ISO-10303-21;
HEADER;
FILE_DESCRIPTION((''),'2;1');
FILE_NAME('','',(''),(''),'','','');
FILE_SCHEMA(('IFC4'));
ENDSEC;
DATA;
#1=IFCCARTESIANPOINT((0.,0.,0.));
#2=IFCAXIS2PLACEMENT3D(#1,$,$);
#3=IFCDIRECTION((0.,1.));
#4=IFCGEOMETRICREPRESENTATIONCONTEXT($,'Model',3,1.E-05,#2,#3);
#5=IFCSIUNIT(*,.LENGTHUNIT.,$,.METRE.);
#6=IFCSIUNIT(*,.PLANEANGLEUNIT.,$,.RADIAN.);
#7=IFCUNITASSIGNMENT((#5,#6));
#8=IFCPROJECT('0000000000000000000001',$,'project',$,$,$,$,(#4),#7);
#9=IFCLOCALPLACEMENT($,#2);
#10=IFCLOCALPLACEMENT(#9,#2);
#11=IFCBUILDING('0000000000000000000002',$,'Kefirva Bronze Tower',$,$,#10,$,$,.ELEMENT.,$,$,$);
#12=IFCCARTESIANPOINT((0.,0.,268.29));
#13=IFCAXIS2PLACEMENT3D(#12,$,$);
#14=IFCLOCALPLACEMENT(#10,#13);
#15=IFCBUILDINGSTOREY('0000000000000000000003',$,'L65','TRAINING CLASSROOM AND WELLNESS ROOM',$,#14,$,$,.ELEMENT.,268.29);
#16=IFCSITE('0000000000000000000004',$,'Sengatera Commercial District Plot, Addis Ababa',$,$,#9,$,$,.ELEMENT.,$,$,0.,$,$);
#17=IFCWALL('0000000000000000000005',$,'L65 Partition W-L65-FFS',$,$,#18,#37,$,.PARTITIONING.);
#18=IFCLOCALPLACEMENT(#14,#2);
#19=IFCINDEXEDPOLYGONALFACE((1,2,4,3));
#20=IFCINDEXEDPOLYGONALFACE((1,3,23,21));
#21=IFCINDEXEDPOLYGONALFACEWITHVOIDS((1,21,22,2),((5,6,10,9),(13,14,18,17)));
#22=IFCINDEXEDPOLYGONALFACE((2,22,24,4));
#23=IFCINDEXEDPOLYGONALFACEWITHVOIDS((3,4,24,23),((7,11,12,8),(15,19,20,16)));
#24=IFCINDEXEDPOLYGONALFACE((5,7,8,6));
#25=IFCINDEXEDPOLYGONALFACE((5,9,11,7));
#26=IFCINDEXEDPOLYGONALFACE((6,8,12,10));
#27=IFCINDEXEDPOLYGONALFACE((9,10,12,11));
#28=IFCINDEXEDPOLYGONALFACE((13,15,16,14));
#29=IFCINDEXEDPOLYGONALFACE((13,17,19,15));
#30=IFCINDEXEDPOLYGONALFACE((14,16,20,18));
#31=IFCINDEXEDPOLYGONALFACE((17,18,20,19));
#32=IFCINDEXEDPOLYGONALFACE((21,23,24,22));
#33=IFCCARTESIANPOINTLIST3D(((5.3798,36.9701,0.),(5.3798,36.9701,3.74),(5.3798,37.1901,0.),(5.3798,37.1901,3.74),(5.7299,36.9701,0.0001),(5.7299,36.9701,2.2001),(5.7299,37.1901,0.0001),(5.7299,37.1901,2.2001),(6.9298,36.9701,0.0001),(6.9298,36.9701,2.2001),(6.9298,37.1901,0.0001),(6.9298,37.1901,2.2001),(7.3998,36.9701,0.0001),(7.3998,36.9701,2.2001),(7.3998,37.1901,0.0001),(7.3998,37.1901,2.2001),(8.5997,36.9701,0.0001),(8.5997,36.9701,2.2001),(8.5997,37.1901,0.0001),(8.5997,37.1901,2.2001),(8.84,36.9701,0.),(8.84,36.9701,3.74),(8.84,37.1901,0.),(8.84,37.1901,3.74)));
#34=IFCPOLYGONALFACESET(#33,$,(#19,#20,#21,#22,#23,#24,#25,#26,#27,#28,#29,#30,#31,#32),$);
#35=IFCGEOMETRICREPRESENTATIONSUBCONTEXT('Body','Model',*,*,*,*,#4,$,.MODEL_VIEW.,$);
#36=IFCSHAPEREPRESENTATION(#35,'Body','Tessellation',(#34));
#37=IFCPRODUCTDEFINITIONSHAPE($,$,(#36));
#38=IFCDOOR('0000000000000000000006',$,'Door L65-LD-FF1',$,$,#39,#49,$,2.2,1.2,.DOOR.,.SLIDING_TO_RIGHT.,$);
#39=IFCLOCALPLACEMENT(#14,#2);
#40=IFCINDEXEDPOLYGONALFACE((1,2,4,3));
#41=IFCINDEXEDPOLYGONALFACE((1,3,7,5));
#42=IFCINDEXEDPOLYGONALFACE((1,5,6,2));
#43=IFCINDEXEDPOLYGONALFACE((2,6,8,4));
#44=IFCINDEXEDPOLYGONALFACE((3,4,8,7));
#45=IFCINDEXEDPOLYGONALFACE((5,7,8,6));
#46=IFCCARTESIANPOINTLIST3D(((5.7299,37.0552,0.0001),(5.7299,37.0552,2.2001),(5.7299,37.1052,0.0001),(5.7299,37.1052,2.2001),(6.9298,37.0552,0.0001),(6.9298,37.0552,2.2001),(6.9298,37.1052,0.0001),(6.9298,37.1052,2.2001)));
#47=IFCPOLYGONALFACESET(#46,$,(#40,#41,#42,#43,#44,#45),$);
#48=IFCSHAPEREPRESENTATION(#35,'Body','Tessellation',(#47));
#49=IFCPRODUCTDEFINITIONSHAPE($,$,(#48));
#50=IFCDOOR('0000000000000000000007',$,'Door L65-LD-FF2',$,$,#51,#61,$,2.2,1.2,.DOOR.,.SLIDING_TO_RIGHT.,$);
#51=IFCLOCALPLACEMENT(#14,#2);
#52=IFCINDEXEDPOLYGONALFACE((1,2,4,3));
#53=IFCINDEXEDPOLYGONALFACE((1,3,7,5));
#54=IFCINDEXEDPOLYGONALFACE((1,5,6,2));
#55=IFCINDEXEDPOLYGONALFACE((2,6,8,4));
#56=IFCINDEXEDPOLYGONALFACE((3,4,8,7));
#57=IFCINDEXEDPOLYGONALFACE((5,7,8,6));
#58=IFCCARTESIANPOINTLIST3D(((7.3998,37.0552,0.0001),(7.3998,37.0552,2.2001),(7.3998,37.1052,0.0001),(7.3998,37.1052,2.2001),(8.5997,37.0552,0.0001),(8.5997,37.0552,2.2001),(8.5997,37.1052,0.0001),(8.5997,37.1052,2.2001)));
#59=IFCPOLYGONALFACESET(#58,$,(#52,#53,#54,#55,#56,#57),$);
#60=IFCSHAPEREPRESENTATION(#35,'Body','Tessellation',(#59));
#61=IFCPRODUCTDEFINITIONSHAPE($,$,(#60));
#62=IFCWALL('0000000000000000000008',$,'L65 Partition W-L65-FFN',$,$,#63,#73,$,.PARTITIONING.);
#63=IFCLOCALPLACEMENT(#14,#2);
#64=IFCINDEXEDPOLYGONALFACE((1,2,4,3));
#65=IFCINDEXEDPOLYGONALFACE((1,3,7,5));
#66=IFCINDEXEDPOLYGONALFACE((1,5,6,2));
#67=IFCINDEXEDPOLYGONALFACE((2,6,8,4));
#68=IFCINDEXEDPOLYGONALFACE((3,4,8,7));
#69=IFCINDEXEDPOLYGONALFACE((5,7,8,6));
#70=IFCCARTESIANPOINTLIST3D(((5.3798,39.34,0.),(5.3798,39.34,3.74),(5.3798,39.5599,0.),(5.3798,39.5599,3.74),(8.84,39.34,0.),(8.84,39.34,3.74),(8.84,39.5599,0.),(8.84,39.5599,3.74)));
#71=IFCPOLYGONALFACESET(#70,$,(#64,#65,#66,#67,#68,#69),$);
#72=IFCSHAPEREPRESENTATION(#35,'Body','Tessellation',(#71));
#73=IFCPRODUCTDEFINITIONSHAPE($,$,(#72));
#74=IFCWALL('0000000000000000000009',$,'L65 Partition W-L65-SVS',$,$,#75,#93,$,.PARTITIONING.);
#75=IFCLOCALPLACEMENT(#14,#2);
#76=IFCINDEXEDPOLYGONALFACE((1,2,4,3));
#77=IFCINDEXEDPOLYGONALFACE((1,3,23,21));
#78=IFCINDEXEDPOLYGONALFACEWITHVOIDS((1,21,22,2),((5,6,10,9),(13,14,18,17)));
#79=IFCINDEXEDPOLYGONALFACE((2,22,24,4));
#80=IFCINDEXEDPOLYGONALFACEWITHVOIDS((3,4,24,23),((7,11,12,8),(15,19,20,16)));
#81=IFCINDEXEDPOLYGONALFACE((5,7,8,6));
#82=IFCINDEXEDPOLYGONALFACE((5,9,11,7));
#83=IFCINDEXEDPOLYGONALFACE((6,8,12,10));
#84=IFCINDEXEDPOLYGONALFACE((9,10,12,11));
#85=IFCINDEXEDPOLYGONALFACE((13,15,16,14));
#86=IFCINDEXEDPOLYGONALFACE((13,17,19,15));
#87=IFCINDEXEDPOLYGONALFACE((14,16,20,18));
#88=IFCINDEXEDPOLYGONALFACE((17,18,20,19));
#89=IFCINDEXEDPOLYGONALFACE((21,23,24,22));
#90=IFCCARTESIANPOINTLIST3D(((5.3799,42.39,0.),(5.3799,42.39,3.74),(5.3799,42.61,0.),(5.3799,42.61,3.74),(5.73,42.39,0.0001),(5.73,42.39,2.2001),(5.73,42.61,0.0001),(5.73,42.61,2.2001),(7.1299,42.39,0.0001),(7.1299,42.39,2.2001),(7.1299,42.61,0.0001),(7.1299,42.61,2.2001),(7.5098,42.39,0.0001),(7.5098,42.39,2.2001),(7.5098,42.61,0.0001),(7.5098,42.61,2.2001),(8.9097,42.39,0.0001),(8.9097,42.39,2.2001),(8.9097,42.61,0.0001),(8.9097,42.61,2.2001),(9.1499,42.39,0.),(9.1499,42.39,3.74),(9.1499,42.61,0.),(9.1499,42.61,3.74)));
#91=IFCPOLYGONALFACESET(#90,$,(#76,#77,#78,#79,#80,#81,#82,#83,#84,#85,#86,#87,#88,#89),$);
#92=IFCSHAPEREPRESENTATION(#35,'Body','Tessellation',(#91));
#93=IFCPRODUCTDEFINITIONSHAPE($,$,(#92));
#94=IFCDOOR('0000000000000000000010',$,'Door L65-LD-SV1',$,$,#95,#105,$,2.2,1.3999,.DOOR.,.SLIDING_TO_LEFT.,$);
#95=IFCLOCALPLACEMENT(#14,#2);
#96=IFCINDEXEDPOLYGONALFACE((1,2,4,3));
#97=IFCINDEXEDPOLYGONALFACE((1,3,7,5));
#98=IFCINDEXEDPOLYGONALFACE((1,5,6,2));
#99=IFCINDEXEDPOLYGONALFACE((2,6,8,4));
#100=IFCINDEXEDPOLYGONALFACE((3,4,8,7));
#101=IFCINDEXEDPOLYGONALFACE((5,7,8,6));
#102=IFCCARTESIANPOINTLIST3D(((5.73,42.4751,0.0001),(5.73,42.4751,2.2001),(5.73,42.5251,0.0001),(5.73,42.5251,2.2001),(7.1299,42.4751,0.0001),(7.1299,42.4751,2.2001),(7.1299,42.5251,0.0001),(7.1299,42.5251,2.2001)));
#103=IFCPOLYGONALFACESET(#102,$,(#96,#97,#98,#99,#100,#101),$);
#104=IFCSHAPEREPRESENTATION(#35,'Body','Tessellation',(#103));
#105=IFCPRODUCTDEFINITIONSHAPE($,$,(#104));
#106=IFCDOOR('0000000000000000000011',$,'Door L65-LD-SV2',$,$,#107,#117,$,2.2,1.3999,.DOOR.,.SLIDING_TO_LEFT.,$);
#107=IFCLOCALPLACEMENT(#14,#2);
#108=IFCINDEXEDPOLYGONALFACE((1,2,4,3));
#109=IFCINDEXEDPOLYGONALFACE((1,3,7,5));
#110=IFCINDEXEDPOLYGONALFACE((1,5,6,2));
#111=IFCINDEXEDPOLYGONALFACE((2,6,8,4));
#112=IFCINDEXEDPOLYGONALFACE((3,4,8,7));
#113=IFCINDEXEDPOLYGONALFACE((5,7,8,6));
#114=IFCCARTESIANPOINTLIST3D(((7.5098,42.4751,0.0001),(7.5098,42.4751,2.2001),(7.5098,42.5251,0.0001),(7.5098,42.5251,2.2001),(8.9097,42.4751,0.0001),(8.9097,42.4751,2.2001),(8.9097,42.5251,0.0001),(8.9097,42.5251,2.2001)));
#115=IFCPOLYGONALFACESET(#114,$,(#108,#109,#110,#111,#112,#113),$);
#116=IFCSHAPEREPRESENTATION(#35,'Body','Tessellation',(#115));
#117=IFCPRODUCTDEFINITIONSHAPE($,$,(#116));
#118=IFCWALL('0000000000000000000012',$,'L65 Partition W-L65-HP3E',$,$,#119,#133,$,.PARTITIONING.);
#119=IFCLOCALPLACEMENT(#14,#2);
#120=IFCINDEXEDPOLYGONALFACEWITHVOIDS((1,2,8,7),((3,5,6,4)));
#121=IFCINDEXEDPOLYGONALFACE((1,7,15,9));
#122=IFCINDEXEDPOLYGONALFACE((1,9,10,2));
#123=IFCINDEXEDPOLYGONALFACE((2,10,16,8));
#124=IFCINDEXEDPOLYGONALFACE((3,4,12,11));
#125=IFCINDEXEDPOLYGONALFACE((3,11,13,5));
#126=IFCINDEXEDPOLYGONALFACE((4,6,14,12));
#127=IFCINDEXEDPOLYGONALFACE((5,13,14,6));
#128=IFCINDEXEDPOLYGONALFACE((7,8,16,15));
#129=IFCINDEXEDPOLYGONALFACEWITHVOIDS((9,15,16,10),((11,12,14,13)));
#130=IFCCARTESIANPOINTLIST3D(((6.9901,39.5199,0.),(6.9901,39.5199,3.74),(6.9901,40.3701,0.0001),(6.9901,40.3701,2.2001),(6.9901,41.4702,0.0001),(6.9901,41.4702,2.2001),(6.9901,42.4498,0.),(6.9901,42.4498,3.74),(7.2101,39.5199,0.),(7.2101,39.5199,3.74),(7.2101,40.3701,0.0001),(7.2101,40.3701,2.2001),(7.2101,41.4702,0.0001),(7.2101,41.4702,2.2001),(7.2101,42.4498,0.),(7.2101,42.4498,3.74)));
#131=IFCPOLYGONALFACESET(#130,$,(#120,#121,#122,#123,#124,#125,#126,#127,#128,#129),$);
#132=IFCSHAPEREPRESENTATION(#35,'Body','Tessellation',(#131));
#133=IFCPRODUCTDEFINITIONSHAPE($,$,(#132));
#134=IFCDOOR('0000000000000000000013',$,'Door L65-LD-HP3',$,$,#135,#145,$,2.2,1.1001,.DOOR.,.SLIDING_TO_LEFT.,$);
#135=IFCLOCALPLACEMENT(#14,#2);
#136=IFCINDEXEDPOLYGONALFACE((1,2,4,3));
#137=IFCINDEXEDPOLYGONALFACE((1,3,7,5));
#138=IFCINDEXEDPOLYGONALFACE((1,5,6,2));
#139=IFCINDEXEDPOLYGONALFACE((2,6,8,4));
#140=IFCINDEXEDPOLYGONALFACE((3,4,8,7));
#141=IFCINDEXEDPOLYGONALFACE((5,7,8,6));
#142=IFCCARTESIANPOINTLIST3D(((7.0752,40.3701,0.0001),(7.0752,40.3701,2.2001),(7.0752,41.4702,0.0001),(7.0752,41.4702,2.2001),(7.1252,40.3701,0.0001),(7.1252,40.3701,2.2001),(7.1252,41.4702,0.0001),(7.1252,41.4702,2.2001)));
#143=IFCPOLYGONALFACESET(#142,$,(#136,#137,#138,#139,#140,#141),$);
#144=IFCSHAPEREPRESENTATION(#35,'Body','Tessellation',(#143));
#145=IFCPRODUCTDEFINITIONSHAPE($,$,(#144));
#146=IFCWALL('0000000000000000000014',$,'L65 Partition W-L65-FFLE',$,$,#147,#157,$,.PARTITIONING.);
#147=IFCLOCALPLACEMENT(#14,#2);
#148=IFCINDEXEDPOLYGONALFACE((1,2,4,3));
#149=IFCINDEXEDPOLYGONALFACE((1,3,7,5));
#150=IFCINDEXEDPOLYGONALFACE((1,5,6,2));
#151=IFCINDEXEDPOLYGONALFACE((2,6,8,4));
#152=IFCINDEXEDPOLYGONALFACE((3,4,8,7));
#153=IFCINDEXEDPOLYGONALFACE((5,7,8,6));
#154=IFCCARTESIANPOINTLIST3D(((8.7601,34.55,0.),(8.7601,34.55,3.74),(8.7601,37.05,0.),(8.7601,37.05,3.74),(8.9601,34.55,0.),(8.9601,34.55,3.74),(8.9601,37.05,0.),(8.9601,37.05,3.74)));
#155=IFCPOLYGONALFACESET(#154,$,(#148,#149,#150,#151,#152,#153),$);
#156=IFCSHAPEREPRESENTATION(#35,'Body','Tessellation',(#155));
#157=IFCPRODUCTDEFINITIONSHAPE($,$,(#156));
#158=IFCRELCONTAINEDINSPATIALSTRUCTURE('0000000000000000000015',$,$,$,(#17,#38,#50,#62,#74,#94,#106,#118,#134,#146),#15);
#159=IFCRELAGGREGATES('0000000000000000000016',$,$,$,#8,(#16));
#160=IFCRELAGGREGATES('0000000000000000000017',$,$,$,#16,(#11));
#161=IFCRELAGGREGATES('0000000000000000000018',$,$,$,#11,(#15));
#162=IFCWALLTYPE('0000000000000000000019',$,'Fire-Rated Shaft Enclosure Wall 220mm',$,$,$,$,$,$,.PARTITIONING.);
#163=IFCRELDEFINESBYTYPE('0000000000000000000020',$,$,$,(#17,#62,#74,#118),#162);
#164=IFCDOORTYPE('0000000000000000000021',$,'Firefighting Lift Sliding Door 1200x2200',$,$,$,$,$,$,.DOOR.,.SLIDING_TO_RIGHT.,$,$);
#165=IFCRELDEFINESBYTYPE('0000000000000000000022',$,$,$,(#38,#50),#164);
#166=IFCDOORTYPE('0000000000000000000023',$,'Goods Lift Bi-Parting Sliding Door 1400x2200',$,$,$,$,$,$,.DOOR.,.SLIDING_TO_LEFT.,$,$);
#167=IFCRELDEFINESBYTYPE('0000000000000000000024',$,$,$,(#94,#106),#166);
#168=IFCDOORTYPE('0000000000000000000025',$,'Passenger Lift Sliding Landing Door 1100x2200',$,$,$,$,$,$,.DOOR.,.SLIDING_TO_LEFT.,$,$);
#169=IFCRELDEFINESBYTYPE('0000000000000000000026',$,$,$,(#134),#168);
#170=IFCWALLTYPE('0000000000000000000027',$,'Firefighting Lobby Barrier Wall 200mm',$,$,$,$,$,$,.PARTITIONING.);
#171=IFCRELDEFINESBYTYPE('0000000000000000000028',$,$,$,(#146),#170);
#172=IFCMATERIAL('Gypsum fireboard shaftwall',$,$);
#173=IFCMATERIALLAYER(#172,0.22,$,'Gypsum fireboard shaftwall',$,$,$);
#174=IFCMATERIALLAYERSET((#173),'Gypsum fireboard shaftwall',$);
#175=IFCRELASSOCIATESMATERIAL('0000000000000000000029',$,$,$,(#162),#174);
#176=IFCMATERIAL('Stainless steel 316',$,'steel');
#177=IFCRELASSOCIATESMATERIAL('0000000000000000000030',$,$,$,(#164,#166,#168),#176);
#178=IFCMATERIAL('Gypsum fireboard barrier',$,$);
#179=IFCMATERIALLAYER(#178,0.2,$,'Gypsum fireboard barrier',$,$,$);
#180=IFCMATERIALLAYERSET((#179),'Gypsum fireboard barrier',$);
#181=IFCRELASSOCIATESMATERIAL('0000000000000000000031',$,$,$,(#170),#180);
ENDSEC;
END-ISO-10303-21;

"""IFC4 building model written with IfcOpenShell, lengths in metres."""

from ifc_helpers import new_model, si_unit, direction, frame, frame_2d, origin, place, context, subcontext, project, spatial, rectangle, extrude, material, layer, layer_set, type_object, element, fill, save


model = new_model("IFC4")

# Units and contexts
model_context = context("Model", 3, precision=1e-05, world=origin(), true_north=direction((0.0, 1.0)))
body_context = subcontext(model_context, "Body", "Model", "MODEL_VIEW")
ifc_project = project(units=[si_unit("LENGTHUNIT", "METRE"), si_unit("PLANEANGLEUNIT", "RADIAN")], contexts=[model_context])

# Site, building, storey
site_placement = place(None, origin())
site = spatial("IfcSite", under=ifc_project, at=site_placement, Name="Sengatera Commercial District Plot, Addis Ababa", CompositionType="ELEMENT", RefElevation=0.0)
building_placement = place(site_placement, origin())
building = spatial("IfcBuilding", under=site, at=building_placement, Name="Kefirva Bronze Tower", CompositionType="ELEMENT")
storey_placement = place(building_placement, frame((0.0, 0.0, 268.29)))
storey = spatial("IfcBuildingStorey", under=building, at=storey_placement, Name="L65", Description="TRAINING CLASSROOM AND WELLNESS ROOM", CompositionType="ELEMENT", Elevation=268.29)

# Wall, openings, doors
ifc_material_1 = material(Name="Gypsum fireboard shaftwall")
ifc_layer_1 = layer(ifc_material_1, 0.22, Name="Gypsum fireboard shaftwall")
ifc_layer_set_1 = layer_set([ifc_layer_1], Name="Gypsum fireboard shaftwall")
wall_type_1 = type_object("IfcWallType", Name="Fire-Rated Shaft Enclosure Wall 220mm", PredefinedType="PARTITIONING", material=ifc_layer_set_1)
wall_1_placement = place(storey_placement, frame((5.3799, 37.0801, 0.0), z_axis=(0.0, 0.0, 1.0), x_axis=(1.0, 0.0, 0.0)))
wall_1 = element("IfcWall", 1, at=wall_1_placement, inside=storey, type_object=wall_type_1, Name="L65 Partition W-L65-FFS", PredefinedType="PARTITIONING", context=body_context, shape_type="SweptSolid", body=[
    extrude(rectangle(XDim=3.4602, YDim=0.22, at=frame_2d((1.73, 0.0))), origin(), (0.0, 0.0, 1.0), 3.74),
])
opening_1_placement = place(wall_1_placement, frame((1.55, 0.0, 0.0), z_axis=(0.0, 0.0, 1.0), x_axis=(-1.0, 0.0, 0.0)))
opening_1 = element("IfcOpeningElement", 2, at=opening_1_placement, cuts=wall_1, PredefinedType="OPENING", context=body_context, shape_type="SweptSolid", body=[
    extrude(rectangle(XDim=1.2, YDim=2.2, at=frame_2d((0.6001, 1.1001))), frame((0.0, 0.1201, 0.0), z_axis=(0.0, -1.0, 0.0), x_axis=(1.0, 0.0, 0.0)), (0.0, 0.0, 1.0), 0.24),
])
opening_2_placement = place(wall_1_placement, frame((3.22, 0.0, 0.0), z_axis=(0.0, 0.0, 1.0), x_axis=(-1.0, 0.0, 0.0)))
opening_2 = element("IfcOpeningElement", 3, at=opening_2_placement, cuts=wall_1, PredefinedType="OPENING", context=body_context, shape_type="SweptSolid", body=[
    extrude(rectangle(XDim=1.2, YDim=2.2, at=frame_2d((0.6001, 1.1001))), frame((0.0, 0.1201, 0.0), z_axis=(0.0, -1.0, 0.0), x_axis=(1.0, 0.0, 0.0)), (0.0, 0.0, 1.0), 0.24),
])
ifc_material_2 = material(Name="Stainless steel 316", Category="steel")
door_type_1 = type_object("IfcDoorType", Name="Firefighting Lift Sliding Door 1200x2200", OperationType="SLIDING_TO_RIGHT", PredefinedType="DOOR", material=ifc_material_2)
door_1_placement = place(opening_1_placement, origin())
door_1 = element("IfcDoor", 4, at=door_1_placement, inside=storey, type_object=door_type_1, Name="Door L65-LD-FF1", OperationType="SLIDING_TO_RIGHT", OverallHeight=2.2, OverallWidth=1.2, PredefinedType="DOOR", context=body_context, shape_type="SweptSolid", body=[
    extrude(rectangle(XDim=1.2, YDim=2.2, at=frame_2d((0.6001, 1.1001))), frame((0.0, 0.0249, 0.0), z_axis=(0.0, -1.0, 0.0), x_axis=(1.0, 0.0, 0.0)), (0.0, 0.0, 1.0), 0.05),
])
fill(opening_1, door_1)
door_2_placement = place(opening_2_placement, origin())
door_2 = element("IfcDoor", 5, at=door_2_placement, inside=storey, type_object=door_type_1, Name="Door L65-LD-FF2", OperationType="SLIDING_TO_RIGHT", OverallHeight=2.2, OverallWidth=1.2, PredefinedType="DOOR", context=body_context, shape_type="SweptSolid", body=[
    extrude(rectangle(XDim=1.2, YDim=2.2, at=frame_2d((0.6001, 1.1001))), frame((0.0, 0.0249, 0.0), z_axis=(0.0, -1.0, 0.0), x_axis=(1.0, 0.0, 0.0)), (0.0, 0.0, 1.0), 0.05),
])
fill(opening_2, door_2)

# Wall
wall_2_placement = place(storey_placement, frame((5.3799, 39.45, 0.0), z_axis=(0.0, 0.0, 1.0), x_axis=(1.0, 0.0, 0.0)))
element("IfcWall", 6, at=wall_2_placement, inside=storey, type_object=wall_type_1, Name="L65 Partition W-L65-FFN", PredefinedType="PARTITIONING", context=body_context, shape_type="SweptSolid", body=[
    extrude(rectangle(XDim=3.4602, YDim=0.22, at=frame_2d((1.73, 0.0))), origin(), (0.0, 0.0, 1.0), 3.74),
])

# Wall, openings, doors
wall_3_placement = place(storey_placement, frame((5.3799, 42.5, 0.0), z_axis=(0.0, 0.0, 1.0), x_axis=(1.0, 0.0, 0.0)))
wall_3 = element("IfcWall", 7, at=wall_3_placement, inside=storey, type_object=wall_type_1, Name="L65 Partition W-L65-SVS", PredefinedType="PARTITIONING", context=body_context, shape_type="SweptSolid", body=[
    extrude(rectangle(XDim=3.77, YDim=0.22, at=frame_2d((1.885, 0.0))), origin(), (0.0, 0.0, 1.0), 3.74),
])
opening_3_placement = place(wall_3_placement, frame((1.75, 0.0, 0.0), z_axis=(0.0, 0.0, 1.0), x_axis=(-1.0, 0.0, 0.0)))
opening_3 = element("IfcOpeningElement", 8, at=opening_3_placement, cuts=wall_3, PredefinedType="OPENING", context=body_context, shape_type="SweptSolid", body=[
    extrude(rectangle(XDim=1.3999, YDim=2.2, at=frame_2d((0.7, 1.1001))), frame((0.0, 0.1201, 0.0), z_axis=(0.0, -1.0, 0.0), x_axis=(1.0, 0.0, 0.0)), (0.0, 0.0, 1.0), 0.24),
])
opening_4_placement = place(wall_3_placement, frame((3.5298, 0.0, 0.0), z_axis=(0.0, 0.0, 1.0), x_axis=(-1.0, 0.0, 0.0)))
opening_4 = element("IfcOpeningElement", 9, at=opening_4_placement, cuts=wall_3, PredefinedType="OPENING", context=body_context, shape_type="SweptSolid", body=[
    extrude(rectangle(XDim=1.3999, YDim=2.2, at=frame_2d((0.7, 1.1001))), frame((0.0, 0.1201, 0.0), z_axis=(0.0, -1.0, 0.0), x_axis=(1.0, 0.0, 0.0)), (0.0, 0.0, 1.0), 0.24),
])
door_type_2 = type_object("IfcDoorType", Name="Goods Lift Bi-Parting Sliding Door 1400x2200", OperationType="SLIDING_TO_LEFT", PredefinedType="DOOR", material=ifc_material_2)
door_3_placement = place(opening_3_placement, origin())
door_3 = element("IfcDoor", 10, at=door_3_placement, inside=storey, type_object=door_type_2, Name="Door L65-LD-SV1", OperationType="SLIDING_TO_LEFT", OverallHeight=2.2, OverallWidth=1.3999, PredefinedType="DOOR", context=body_context, shape_type="SweptSolid", body=[
    extrude(rectangle(XDim=1.3999, YDim=2.2, at=frame_2d((0.7, 1.1001))), frame((0.0, 0.0249, 0.0), z_axis=(0.0, -1.0, 0.0), x_axis=(1.0, 0.0, 0.0)), (0.0, 0.0, 1.0), 0.05),
])
fill(opening_3, door_3)
door_4_placement = place(opening_4_placement, origin())
door_4 = element("IfcDoor", 11, at=door_4_placement, inside=storey, type_object=door_type_2, Name="Door L65-LD-SV2", OperationType="SLIDING_TO_LEFT", OverallHeight=2.2, OverallWidth=1.3999, PredefinedType="DOOR", context=body_context, shape_type="SweptSolid", body=[
    extrude(rectangle(XDim=1.3999, YDim=2.2, at=frame_2d((0.7, 1.1001))), frame((0.0, 0.0249, 0.0), z_axis=(0.0, -1.0, 0.0), x_axis=(1.0, 0.0, 0.0)), (0.0, 0.0, 1.0), 0.05),
])
fill(opening_4, door_4)

# Wall, opening, door
wall_4_placement = place(storey_placement, frame((7.1001, 39.52, 0.0), z_axis=(0.0, 0.0, 1.0), x_axis=(0.0, 1.0, 0.0)))
wall_4 = element("IfcWall", 12, at=wall_4_placement, inside=storey, type_object=wall_type_1, Name="L65 Partition W-L65-HP3E", PredefinedType="PARTITIONING", context=body_context, shape_type="SweptSolid", body=[
    extrude(rectangle(XDim=2.9299, YDim=0.22, at=frame_2d((1.4648, 0.0))), origin(), (0.0, 0.0, 1.0), 3.74),
])
opening_5_placement = place(wall_4_placement, frame((0.8501, 0.0, 0.0)))
opening_5 = element("IfcOpeningElement", 13, at=opening_5_placement, cuts=wall_4, PredefinedType="OPENING", context=body_context, shape_type="SweptSolid", body=[
    extrude(rectangle(XDim=1.1001, YDim=2.2, at=frame_2d((0.55, 1.1001))), frame((0.0, 0.1201, 0.0), z_axis=(0.0, -1.0, 0.0), x_axis=(1.0, 0.0, 0.0)), (0.0, 0.0, 1.0), 0.24),
])
door_type_3 = type_object("IfcDoorType", Name="Passenger Lift Sliding Landing Door 1100x2200", OperationType="SLIDING_TO_LEFT", PredefinedType="DOOR", material=ifc_material_2)
door_5_placement = place(opening_5_placement, origin())
door_5 = element("IfcDoor", 14, at=door_5_placement, inside=storey, type_object=door_type_3, Name="Door L65-LD-HP3", OperationType="SLIDING_TO_LEFT", OverallHeight=2.2, OverallWidth=1.1001, PredefinedType="DOOR", context=body_context, shape_type="SweptSolid", body=[
    extrude(rectangle(XDim=1.1001, YDim=2.2, at=frame_2d((0.55, 1.1001))), frame((0.0, 0.0249, 0.0), z_axis=(0.0, -1.0, 0.0), x_axis=(1.0, 0.0, 0.0)), (0.0, 0.0, 1.0), 0.05),
])
fill(opening_5, door_5)

# Wall
ifc_material_3 = material(Name="Gypsum fireboard barrier")
ifc_layer_2 = layer(ifc_material_3, 0.2, Name="Gypsum fireboard barrier")
ifc_layer_set_2 = layer_set([ifc_layer_2], Name="Gypsum fireboard barrier")
wall_type_2 = type_object("IfcWallType", Name="Firefighting Lobby Barrier Wall 200mm", PredefinedType="PARTITIONING", material=ifc_layer_set_2)
wall_5_placement = place(storey_placement, frame((8.8601, 34.55, 0.0), z_axis=(0.0, 0.0, 1.0), x_axis=(0.0, 1.0, 0.0)))
element("IfcWall", 15, at=wall_5_placement, inside=storey, type_object=wall_type_2, Name="L65 Partition W-L65-FFLE", PredefinedType="PARTITIONING", context=body_context, shape_type="SweptSolid", body=[
    extrude(rectangle(XDim=2.5, YDim=0.2, at=frame_2d((1.25, 0.0))), origin(), (0.0, 0.0, 1.0), 3.74),
])

save(model, "model.ifc")
